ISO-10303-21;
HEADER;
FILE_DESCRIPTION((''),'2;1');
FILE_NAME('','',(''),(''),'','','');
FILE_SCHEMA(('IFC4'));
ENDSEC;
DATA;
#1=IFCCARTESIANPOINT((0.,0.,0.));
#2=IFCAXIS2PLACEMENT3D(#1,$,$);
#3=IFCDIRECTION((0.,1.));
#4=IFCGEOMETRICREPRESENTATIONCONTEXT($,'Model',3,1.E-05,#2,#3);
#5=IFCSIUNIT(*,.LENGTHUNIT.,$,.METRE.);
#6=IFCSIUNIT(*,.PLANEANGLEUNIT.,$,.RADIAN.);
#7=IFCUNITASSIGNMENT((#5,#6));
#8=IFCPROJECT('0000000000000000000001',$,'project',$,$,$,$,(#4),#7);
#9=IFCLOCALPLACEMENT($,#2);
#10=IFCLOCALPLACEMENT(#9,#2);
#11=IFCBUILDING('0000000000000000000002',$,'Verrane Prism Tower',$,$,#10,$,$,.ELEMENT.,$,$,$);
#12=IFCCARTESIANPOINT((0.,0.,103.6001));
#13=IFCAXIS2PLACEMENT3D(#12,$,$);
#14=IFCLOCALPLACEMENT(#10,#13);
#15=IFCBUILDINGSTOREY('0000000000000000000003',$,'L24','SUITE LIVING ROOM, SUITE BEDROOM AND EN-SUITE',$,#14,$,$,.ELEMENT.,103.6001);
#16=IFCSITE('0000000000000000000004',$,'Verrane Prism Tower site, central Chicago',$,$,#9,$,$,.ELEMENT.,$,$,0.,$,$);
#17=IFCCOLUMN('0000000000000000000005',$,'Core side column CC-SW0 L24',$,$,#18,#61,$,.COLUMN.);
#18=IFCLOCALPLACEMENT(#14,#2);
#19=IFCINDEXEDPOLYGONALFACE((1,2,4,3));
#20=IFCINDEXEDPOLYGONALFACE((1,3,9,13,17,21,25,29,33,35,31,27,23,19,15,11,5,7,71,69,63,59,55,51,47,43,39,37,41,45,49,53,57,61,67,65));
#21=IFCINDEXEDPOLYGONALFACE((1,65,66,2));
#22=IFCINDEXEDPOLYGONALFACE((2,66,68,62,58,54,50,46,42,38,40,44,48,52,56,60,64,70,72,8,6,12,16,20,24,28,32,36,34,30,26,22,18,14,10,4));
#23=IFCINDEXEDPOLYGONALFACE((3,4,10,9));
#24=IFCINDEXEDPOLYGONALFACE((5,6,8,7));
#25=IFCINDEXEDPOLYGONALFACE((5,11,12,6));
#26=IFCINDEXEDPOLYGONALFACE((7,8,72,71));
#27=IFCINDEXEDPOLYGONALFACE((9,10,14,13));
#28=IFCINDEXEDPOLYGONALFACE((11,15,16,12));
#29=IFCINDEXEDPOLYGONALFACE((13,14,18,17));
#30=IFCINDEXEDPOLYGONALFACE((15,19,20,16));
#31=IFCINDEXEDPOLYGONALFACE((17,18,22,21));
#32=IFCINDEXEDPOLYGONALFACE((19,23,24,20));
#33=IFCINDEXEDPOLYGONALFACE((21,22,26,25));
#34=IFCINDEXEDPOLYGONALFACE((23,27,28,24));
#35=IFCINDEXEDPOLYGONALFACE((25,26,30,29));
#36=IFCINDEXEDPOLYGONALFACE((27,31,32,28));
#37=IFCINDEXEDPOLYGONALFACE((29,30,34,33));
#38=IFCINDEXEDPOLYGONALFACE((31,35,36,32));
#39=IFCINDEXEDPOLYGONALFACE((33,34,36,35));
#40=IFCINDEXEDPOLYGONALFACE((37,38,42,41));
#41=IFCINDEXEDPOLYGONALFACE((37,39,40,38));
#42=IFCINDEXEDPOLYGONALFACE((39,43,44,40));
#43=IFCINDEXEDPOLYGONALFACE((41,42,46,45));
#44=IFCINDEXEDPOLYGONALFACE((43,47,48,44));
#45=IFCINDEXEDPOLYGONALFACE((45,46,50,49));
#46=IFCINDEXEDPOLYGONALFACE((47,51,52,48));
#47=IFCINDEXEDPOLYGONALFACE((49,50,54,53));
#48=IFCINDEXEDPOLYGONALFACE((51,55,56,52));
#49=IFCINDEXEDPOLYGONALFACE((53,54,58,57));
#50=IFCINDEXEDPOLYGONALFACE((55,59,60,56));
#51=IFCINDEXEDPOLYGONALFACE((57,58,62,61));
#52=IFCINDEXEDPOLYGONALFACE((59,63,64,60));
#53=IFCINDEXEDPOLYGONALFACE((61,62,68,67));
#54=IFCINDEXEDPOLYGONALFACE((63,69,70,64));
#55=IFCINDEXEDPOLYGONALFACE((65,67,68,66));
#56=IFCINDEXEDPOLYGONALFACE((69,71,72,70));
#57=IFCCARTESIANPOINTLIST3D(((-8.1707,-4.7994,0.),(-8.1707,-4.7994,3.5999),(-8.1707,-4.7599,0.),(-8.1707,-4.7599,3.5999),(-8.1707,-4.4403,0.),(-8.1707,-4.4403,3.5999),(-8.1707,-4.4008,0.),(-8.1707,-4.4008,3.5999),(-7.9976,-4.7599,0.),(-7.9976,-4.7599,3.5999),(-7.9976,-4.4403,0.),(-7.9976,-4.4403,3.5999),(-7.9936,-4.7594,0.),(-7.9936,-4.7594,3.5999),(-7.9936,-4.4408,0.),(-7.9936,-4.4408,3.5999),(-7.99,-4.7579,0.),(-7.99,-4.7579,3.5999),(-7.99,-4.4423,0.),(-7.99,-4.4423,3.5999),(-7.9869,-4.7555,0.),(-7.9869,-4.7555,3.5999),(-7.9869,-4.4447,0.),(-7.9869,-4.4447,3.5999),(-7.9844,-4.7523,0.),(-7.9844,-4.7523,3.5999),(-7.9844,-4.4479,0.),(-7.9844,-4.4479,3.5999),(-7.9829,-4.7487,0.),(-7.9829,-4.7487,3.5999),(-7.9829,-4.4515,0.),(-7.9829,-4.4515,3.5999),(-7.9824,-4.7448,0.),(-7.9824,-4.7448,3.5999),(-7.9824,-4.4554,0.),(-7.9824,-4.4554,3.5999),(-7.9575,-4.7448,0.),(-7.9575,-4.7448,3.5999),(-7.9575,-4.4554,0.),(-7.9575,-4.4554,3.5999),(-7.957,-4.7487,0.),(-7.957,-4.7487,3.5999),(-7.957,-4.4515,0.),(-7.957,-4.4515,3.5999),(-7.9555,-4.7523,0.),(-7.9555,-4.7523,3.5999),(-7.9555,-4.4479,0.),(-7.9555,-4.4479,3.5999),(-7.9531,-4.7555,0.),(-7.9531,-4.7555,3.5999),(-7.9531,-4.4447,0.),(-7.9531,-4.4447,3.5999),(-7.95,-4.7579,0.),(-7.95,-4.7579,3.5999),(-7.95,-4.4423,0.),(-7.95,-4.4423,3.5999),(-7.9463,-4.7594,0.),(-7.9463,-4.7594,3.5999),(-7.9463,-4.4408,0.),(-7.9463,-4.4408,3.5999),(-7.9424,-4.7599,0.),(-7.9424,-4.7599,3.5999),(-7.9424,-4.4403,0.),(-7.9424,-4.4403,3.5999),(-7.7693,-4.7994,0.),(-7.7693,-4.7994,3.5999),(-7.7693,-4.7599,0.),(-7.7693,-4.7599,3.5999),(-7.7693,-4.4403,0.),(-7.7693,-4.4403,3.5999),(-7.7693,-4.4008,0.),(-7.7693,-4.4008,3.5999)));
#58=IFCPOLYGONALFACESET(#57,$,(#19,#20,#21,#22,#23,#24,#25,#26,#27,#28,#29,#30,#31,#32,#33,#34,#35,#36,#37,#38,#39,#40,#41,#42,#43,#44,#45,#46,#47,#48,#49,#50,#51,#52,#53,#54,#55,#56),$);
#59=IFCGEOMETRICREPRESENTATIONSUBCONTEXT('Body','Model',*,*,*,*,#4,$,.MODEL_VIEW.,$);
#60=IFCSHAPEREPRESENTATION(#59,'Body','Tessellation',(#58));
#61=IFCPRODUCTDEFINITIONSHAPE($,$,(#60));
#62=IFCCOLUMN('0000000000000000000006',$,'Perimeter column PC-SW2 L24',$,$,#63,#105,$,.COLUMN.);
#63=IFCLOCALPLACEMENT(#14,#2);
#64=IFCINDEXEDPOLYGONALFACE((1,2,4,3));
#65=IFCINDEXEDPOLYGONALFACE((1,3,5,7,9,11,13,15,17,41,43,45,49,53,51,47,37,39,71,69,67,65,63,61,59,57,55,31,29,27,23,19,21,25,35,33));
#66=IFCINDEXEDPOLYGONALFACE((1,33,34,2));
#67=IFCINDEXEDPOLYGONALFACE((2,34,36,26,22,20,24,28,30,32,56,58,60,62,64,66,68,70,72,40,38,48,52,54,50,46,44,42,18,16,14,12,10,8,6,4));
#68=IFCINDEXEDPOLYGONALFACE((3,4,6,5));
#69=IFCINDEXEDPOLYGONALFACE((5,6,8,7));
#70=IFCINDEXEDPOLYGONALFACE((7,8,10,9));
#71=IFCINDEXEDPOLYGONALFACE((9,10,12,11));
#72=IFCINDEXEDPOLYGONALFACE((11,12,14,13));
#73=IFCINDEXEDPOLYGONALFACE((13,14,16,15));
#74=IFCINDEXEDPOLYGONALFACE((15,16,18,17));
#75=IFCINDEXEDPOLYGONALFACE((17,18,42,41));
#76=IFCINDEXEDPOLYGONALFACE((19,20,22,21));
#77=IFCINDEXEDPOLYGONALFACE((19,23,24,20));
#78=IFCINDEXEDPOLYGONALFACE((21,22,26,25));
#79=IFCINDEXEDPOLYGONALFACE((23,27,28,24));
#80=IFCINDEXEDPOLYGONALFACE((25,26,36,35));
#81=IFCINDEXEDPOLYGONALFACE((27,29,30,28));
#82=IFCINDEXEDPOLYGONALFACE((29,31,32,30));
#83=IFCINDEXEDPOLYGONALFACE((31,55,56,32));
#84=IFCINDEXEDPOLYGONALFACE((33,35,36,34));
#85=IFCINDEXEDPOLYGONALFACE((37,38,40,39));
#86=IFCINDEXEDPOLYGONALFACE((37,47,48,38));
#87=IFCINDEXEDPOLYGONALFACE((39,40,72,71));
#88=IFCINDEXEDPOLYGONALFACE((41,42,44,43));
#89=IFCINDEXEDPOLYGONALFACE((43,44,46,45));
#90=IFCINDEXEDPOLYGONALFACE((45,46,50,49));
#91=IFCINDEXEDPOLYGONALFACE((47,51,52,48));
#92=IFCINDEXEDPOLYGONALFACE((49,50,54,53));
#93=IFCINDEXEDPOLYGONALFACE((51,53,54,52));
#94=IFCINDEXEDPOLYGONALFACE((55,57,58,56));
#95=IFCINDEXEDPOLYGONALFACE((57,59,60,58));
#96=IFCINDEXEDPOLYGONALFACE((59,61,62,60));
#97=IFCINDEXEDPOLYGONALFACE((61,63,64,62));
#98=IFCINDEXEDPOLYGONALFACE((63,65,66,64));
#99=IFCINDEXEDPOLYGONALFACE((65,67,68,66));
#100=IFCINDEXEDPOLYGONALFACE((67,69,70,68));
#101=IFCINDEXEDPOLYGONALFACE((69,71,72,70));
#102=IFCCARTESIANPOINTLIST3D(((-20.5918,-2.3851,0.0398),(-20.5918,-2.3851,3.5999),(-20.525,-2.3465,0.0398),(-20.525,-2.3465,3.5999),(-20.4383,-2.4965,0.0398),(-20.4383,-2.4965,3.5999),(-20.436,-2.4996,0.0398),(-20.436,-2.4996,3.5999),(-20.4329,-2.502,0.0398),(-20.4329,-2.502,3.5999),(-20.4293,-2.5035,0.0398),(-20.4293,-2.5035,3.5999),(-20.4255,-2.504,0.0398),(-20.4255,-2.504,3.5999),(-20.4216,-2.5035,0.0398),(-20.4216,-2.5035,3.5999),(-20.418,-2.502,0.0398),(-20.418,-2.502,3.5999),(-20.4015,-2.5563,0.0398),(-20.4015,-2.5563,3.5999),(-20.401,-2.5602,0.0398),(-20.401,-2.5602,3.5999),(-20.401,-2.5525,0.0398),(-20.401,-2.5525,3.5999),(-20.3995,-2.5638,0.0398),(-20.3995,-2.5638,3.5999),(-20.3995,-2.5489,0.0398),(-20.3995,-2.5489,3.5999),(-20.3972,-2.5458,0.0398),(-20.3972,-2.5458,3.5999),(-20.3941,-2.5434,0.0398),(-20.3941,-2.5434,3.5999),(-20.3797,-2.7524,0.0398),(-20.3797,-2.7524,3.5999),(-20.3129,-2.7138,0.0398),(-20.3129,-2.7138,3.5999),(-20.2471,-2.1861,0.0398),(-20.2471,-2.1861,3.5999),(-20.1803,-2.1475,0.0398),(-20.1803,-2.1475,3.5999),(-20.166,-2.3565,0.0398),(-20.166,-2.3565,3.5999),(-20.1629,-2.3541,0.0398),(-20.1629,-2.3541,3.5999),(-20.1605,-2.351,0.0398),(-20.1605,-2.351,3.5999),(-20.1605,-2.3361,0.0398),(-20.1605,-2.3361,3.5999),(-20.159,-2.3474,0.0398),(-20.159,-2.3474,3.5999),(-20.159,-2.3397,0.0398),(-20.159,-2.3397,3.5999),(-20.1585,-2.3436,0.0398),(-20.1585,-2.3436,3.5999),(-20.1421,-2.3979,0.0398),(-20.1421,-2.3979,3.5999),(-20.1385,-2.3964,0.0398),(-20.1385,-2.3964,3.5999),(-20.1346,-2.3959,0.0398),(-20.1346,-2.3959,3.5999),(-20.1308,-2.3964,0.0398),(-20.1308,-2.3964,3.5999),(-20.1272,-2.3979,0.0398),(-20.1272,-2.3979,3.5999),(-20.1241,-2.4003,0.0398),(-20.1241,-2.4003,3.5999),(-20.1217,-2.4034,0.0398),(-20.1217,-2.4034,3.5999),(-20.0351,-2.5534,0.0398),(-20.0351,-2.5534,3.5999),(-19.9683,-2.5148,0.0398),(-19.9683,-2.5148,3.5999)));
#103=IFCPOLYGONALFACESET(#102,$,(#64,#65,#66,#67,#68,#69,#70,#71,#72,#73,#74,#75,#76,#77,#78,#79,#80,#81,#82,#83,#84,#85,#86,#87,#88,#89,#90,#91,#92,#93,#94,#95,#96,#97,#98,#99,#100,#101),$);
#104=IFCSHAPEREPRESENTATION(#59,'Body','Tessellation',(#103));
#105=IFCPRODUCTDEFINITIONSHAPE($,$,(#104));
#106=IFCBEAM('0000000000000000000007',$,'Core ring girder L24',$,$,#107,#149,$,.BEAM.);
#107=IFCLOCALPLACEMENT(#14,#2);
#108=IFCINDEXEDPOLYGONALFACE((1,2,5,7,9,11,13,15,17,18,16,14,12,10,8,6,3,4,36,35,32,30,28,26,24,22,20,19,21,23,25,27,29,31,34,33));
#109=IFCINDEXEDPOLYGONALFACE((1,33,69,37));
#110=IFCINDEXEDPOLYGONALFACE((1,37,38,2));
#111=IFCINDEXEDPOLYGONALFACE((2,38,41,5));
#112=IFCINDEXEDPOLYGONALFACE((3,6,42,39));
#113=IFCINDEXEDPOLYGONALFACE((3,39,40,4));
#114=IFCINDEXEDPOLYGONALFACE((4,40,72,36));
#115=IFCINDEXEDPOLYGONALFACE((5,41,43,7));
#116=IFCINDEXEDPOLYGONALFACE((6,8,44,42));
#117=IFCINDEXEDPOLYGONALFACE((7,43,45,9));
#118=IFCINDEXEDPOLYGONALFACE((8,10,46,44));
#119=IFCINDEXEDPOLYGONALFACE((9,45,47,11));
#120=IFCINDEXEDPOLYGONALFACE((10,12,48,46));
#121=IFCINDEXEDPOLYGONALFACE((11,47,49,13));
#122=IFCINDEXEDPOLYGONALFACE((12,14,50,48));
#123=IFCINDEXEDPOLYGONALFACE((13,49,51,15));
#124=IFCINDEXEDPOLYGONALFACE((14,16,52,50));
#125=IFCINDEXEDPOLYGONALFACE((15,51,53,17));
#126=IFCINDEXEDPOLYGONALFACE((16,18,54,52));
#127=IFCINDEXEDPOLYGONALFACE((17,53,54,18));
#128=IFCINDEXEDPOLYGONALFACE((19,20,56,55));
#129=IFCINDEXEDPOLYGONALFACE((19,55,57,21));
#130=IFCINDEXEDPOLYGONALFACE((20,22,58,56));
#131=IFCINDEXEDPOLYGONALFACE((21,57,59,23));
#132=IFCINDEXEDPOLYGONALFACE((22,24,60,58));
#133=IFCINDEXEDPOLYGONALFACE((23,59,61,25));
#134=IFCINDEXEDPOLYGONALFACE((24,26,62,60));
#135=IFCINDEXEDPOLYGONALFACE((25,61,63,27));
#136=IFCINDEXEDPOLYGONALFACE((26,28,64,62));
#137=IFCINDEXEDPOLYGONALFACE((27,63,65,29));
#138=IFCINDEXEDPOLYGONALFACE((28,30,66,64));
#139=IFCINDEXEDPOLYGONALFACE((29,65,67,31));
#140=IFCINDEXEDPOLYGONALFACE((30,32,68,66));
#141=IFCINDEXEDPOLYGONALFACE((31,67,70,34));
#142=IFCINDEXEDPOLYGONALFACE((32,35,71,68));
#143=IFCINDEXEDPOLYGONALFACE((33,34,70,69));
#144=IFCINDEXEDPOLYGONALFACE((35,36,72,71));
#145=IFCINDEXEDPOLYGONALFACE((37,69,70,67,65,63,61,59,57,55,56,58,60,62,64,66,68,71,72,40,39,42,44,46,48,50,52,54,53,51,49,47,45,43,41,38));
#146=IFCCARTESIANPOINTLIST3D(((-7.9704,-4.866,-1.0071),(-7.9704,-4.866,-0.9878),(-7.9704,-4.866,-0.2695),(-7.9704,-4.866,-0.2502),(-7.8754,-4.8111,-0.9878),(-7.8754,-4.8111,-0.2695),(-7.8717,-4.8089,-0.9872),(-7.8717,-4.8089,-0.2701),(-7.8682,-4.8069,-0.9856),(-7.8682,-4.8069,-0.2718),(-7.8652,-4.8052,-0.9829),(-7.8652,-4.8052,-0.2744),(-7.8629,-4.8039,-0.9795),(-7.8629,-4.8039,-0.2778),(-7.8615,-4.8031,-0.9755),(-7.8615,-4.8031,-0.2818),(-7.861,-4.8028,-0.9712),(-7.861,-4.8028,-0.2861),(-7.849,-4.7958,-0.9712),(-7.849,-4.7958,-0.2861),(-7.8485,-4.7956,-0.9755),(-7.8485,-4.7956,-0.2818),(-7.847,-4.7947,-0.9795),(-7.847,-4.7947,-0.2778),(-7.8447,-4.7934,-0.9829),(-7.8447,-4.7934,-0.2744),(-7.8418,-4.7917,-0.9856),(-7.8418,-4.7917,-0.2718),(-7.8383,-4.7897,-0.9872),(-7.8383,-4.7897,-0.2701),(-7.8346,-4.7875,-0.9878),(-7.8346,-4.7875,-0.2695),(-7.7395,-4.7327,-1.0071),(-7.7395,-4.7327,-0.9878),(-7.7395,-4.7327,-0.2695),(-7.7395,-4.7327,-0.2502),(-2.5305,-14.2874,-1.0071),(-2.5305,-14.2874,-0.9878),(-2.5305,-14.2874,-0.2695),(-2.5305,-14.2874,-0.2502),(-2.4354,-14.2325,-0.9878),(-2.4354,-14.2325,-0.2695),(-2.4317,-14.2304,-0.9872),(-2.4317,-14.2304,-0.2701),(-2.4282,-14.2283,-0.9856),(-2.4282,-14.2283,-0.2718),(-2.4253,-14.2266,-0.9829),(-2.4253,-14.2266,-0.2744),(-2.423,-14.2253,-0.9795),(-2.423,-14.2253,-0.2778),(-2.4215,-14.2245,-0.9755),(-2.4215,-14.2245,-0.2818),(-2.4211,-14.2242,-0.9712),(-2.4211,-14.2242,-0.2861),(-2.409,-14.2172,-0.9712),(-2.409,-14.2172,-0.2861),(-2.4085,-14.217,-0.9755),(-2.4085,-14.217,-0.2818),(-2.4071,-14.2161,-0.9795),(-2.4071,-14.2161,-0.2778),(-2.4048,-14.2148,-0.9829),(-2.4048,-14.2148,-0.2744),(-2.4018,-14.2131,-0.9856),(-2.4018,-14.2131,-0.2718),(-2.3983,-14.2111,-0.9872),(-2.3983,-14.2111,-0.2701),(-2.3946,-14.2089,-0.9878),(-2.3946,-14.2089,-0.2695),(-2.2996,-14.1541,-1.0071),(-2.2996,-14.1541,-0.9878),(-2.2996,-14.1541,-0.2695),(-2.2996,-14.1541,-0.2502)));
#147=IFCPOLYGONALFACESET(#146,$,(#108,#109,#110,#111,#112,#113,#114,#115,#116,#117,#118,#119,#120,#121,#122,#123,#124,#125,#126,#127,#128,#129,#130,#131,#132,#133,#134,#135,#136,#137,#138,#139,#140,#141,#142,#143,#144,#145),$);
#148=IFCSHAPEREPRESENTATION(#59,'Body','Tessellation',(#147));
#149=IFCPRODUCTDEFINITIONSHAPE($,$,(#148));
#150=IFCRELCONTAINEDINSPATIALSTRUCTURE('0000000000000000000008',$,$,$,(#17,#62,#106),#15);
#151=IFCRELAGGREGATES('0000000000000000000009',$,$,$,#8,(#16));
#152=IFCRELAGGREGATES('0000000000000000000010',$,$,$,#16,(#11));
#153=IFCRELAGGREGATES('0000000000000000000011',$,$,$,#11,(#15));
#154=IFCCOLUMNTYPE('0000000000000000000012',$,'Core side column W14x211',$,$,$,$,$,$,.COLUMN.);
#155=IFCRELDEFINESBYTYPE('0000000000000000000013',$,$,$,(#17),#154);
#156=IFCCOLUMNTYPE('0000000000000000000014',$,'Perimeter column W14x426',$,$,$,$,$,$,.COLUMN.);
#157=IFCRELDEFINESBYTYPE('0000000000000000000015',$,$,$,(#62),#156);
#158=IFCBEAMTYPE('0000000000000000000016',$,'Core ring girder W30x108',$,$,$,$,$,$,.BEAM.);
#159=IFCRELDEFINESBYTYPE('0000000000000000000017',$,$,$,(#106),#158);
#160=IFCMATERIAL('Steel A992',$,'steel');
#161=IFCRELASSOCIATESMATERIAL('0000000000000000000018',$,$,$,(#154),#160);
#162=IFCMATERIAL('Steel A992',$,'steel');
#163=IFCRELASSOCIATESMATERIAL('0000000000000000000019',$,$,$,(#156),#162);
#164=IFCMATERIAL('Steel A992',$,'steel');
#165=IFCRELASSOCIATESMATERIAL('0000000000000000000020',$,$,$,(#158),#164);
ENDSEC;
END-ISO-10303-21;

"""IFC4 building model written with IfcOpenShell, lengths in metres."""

from ifc_helpers import new_model, si_unit, direction, frame, origin, origin_2d, place, context, subcontext, project, spatial, i_section, extrude, material, material_profile, profile_set, type_object, element, save


model = new_model("IFC4")

# Units and contexts
model_context = context("Model", 3, precision=1e-05, world=origin(), true_north=direction((0.0, 1.0)))
body_context = subcontext(model_context, "Body", "Model", "MODEL_VIEW")
ifc_project = project(units=[si_unit("LENGTHUNIT", "METRE"), si_unit("PLANEANGLEUNIT", "RADIAN")], contexts=[model_context])

# Site, building, storey
site_placement = place(None, origin())
site = spatial("IfcSite", under=ifc_project, at=site_placement, Name="Verrane Prism Tower site, central Chicago", CompositionType="ELEMENT", RefElevation=0.0)
building_placement = place(site_placement, origin())
building = spatial("IfcBuilding", under=site, at=building_placement, Name="Verrane Prism Tower", CompositionType="ELEMENT")
storey_placement = place(building_placement, frame((0.0, 0.0, 103.6001)))
storey = spatial("IfcBuildingStorey", under=building, at=storey_placement, Name="L24", Description="SUITE LIVING ROOM, SUITE BEDROOM AND EN-SUITE", CompositionType="ELEMENT", Elevation=103.6001)

# Columns
ifc_material_1 = material(Name="Steel A992", Category="steel")
ifc_material_profile_1 = material_profile(ifc_material_1, i_section(OverallWidth=0.4014, OverallDepth=0.3987, WebThickness=0.0249, FlangeThickness=0.0396, FilletRadius=0.0151, at=origin_2d()), Name="W14x211")
ifc_profile_set_1 = profile_set([ifc_material_profile_1], Name="Steel A992")
column_type_1 = type_object("IfcColumnType", Name="Core side column W14x211", PredefinedType="COLUMN", material=ifc_profile_set_1)
column_1_placement = place(storey_placement, frame((-7.97, -4.6001, 0.0), z_axis=(0.0, 0.0, 1.0), x_axis=(1.0, 0.0, 0.0)))
element("IfcColumn", 1, at=column_1_placement, inside=storey, type_object=column_type_1, Name="Core side column CC-SW0 L24", PredefinedType="COLUMN", context=body_context, shape_type="SweptSolid", body=[
    extrude(i_section(OverallWidth=0.4014, OverallDepth=0.3987, WebThickness=0.0249, FlangeThickness=0.0396, FilletRadius=0.0151, at=origin_2d()), origin(), (0.0, 0.0, 1.0), 3.5999),
])
ifc_material_2 = material(Name="Steel A992", Category="steel")
ifc_material_profile_2 = material_profile(ifc_material_2, i_section(OverallWidth=0.4241, OverallDepth=0.4751, WebThickness=0.0479, FlangeThickness=0.0771, FilletRadius=0.0149, at=origin_2d()), Name="W14x426")
ifc_profile_set_2 = profile_set([ifc_material_profile_2], Name="Steel A992")
column_type_2 = type_object("IfcColumnType", Name="Perimeter column W14x426", PredefinedType="COLUMN", material=ifc_profile_set_2)
column_2_placement = place(storey_placement, frame((-20.28, -2.45, 0.0398), z_axis=(0.0, 0.0, 1.0), x_axis=(-0.5, 0.866025, 0.0)))
element("IfcColumn", 2, at=column_2_placement, inside=storey, type_object=column_type_2, Name="Perimeter column PC-SW2 L24", PredefinedType="COLUMN", context=body_context, shape_type="SweptSolid", body=[
    extrude(i_section(OverallWidth=0.4241, OverallDepth=0.4751, WebThickness=0.0479, FlangeThickness=0.0771, FilletRadius=0.0149, at=origin_2d()), origin(), (0.0, 0.0, 1.0), 3.5601),
])

# Beam
ifc_material_3 = material(Name="Steel A992", Category="steel")
ifc_material_profile_3 = material_profile(ifc_material_3, i_section(OverallWidth=0.2666, OverallDepth=0.7568, WebThickness=0.0139, FlangeThickness=0.0193, FilletRadius=0.0166, at=origin_2d()), Name="W30x108")
ifc_profile_set_3 = profile_set([ifc_material_profile_3], Name="Steel A992")
beam_type_1 = type_object("IfcBeamType", Name="Core ring girder W30x108", PredefinedType="BEAM", material=ifc_profile_set_3)
beam_1_placement = place(storey_placement, frame((-7.855, -4.7993, -0.6287), z_axis=(0.500035, -0.866005, 0.0), x_axis=(0.866005, 0.500035, 0.0)))
element("IfcBeam", 3, at=beam_1_placement, inside=storey, type_object=beam_type_1, Name="Core ring girder L24", PredefinedType="BEAM", context=body_context, shape_type="SweptSolid", body=[
    extrude(i_section(OverallWidth=0.2666, OverallDepth=0.7568, WebThickness=0.0139, FlangeThickness=0.0193, FilletRadius=0.0166, at=origin_2d()), origin(), (0.0, 0.0, 1.0), 10.8792),
])

save(model, "model.ifc")
